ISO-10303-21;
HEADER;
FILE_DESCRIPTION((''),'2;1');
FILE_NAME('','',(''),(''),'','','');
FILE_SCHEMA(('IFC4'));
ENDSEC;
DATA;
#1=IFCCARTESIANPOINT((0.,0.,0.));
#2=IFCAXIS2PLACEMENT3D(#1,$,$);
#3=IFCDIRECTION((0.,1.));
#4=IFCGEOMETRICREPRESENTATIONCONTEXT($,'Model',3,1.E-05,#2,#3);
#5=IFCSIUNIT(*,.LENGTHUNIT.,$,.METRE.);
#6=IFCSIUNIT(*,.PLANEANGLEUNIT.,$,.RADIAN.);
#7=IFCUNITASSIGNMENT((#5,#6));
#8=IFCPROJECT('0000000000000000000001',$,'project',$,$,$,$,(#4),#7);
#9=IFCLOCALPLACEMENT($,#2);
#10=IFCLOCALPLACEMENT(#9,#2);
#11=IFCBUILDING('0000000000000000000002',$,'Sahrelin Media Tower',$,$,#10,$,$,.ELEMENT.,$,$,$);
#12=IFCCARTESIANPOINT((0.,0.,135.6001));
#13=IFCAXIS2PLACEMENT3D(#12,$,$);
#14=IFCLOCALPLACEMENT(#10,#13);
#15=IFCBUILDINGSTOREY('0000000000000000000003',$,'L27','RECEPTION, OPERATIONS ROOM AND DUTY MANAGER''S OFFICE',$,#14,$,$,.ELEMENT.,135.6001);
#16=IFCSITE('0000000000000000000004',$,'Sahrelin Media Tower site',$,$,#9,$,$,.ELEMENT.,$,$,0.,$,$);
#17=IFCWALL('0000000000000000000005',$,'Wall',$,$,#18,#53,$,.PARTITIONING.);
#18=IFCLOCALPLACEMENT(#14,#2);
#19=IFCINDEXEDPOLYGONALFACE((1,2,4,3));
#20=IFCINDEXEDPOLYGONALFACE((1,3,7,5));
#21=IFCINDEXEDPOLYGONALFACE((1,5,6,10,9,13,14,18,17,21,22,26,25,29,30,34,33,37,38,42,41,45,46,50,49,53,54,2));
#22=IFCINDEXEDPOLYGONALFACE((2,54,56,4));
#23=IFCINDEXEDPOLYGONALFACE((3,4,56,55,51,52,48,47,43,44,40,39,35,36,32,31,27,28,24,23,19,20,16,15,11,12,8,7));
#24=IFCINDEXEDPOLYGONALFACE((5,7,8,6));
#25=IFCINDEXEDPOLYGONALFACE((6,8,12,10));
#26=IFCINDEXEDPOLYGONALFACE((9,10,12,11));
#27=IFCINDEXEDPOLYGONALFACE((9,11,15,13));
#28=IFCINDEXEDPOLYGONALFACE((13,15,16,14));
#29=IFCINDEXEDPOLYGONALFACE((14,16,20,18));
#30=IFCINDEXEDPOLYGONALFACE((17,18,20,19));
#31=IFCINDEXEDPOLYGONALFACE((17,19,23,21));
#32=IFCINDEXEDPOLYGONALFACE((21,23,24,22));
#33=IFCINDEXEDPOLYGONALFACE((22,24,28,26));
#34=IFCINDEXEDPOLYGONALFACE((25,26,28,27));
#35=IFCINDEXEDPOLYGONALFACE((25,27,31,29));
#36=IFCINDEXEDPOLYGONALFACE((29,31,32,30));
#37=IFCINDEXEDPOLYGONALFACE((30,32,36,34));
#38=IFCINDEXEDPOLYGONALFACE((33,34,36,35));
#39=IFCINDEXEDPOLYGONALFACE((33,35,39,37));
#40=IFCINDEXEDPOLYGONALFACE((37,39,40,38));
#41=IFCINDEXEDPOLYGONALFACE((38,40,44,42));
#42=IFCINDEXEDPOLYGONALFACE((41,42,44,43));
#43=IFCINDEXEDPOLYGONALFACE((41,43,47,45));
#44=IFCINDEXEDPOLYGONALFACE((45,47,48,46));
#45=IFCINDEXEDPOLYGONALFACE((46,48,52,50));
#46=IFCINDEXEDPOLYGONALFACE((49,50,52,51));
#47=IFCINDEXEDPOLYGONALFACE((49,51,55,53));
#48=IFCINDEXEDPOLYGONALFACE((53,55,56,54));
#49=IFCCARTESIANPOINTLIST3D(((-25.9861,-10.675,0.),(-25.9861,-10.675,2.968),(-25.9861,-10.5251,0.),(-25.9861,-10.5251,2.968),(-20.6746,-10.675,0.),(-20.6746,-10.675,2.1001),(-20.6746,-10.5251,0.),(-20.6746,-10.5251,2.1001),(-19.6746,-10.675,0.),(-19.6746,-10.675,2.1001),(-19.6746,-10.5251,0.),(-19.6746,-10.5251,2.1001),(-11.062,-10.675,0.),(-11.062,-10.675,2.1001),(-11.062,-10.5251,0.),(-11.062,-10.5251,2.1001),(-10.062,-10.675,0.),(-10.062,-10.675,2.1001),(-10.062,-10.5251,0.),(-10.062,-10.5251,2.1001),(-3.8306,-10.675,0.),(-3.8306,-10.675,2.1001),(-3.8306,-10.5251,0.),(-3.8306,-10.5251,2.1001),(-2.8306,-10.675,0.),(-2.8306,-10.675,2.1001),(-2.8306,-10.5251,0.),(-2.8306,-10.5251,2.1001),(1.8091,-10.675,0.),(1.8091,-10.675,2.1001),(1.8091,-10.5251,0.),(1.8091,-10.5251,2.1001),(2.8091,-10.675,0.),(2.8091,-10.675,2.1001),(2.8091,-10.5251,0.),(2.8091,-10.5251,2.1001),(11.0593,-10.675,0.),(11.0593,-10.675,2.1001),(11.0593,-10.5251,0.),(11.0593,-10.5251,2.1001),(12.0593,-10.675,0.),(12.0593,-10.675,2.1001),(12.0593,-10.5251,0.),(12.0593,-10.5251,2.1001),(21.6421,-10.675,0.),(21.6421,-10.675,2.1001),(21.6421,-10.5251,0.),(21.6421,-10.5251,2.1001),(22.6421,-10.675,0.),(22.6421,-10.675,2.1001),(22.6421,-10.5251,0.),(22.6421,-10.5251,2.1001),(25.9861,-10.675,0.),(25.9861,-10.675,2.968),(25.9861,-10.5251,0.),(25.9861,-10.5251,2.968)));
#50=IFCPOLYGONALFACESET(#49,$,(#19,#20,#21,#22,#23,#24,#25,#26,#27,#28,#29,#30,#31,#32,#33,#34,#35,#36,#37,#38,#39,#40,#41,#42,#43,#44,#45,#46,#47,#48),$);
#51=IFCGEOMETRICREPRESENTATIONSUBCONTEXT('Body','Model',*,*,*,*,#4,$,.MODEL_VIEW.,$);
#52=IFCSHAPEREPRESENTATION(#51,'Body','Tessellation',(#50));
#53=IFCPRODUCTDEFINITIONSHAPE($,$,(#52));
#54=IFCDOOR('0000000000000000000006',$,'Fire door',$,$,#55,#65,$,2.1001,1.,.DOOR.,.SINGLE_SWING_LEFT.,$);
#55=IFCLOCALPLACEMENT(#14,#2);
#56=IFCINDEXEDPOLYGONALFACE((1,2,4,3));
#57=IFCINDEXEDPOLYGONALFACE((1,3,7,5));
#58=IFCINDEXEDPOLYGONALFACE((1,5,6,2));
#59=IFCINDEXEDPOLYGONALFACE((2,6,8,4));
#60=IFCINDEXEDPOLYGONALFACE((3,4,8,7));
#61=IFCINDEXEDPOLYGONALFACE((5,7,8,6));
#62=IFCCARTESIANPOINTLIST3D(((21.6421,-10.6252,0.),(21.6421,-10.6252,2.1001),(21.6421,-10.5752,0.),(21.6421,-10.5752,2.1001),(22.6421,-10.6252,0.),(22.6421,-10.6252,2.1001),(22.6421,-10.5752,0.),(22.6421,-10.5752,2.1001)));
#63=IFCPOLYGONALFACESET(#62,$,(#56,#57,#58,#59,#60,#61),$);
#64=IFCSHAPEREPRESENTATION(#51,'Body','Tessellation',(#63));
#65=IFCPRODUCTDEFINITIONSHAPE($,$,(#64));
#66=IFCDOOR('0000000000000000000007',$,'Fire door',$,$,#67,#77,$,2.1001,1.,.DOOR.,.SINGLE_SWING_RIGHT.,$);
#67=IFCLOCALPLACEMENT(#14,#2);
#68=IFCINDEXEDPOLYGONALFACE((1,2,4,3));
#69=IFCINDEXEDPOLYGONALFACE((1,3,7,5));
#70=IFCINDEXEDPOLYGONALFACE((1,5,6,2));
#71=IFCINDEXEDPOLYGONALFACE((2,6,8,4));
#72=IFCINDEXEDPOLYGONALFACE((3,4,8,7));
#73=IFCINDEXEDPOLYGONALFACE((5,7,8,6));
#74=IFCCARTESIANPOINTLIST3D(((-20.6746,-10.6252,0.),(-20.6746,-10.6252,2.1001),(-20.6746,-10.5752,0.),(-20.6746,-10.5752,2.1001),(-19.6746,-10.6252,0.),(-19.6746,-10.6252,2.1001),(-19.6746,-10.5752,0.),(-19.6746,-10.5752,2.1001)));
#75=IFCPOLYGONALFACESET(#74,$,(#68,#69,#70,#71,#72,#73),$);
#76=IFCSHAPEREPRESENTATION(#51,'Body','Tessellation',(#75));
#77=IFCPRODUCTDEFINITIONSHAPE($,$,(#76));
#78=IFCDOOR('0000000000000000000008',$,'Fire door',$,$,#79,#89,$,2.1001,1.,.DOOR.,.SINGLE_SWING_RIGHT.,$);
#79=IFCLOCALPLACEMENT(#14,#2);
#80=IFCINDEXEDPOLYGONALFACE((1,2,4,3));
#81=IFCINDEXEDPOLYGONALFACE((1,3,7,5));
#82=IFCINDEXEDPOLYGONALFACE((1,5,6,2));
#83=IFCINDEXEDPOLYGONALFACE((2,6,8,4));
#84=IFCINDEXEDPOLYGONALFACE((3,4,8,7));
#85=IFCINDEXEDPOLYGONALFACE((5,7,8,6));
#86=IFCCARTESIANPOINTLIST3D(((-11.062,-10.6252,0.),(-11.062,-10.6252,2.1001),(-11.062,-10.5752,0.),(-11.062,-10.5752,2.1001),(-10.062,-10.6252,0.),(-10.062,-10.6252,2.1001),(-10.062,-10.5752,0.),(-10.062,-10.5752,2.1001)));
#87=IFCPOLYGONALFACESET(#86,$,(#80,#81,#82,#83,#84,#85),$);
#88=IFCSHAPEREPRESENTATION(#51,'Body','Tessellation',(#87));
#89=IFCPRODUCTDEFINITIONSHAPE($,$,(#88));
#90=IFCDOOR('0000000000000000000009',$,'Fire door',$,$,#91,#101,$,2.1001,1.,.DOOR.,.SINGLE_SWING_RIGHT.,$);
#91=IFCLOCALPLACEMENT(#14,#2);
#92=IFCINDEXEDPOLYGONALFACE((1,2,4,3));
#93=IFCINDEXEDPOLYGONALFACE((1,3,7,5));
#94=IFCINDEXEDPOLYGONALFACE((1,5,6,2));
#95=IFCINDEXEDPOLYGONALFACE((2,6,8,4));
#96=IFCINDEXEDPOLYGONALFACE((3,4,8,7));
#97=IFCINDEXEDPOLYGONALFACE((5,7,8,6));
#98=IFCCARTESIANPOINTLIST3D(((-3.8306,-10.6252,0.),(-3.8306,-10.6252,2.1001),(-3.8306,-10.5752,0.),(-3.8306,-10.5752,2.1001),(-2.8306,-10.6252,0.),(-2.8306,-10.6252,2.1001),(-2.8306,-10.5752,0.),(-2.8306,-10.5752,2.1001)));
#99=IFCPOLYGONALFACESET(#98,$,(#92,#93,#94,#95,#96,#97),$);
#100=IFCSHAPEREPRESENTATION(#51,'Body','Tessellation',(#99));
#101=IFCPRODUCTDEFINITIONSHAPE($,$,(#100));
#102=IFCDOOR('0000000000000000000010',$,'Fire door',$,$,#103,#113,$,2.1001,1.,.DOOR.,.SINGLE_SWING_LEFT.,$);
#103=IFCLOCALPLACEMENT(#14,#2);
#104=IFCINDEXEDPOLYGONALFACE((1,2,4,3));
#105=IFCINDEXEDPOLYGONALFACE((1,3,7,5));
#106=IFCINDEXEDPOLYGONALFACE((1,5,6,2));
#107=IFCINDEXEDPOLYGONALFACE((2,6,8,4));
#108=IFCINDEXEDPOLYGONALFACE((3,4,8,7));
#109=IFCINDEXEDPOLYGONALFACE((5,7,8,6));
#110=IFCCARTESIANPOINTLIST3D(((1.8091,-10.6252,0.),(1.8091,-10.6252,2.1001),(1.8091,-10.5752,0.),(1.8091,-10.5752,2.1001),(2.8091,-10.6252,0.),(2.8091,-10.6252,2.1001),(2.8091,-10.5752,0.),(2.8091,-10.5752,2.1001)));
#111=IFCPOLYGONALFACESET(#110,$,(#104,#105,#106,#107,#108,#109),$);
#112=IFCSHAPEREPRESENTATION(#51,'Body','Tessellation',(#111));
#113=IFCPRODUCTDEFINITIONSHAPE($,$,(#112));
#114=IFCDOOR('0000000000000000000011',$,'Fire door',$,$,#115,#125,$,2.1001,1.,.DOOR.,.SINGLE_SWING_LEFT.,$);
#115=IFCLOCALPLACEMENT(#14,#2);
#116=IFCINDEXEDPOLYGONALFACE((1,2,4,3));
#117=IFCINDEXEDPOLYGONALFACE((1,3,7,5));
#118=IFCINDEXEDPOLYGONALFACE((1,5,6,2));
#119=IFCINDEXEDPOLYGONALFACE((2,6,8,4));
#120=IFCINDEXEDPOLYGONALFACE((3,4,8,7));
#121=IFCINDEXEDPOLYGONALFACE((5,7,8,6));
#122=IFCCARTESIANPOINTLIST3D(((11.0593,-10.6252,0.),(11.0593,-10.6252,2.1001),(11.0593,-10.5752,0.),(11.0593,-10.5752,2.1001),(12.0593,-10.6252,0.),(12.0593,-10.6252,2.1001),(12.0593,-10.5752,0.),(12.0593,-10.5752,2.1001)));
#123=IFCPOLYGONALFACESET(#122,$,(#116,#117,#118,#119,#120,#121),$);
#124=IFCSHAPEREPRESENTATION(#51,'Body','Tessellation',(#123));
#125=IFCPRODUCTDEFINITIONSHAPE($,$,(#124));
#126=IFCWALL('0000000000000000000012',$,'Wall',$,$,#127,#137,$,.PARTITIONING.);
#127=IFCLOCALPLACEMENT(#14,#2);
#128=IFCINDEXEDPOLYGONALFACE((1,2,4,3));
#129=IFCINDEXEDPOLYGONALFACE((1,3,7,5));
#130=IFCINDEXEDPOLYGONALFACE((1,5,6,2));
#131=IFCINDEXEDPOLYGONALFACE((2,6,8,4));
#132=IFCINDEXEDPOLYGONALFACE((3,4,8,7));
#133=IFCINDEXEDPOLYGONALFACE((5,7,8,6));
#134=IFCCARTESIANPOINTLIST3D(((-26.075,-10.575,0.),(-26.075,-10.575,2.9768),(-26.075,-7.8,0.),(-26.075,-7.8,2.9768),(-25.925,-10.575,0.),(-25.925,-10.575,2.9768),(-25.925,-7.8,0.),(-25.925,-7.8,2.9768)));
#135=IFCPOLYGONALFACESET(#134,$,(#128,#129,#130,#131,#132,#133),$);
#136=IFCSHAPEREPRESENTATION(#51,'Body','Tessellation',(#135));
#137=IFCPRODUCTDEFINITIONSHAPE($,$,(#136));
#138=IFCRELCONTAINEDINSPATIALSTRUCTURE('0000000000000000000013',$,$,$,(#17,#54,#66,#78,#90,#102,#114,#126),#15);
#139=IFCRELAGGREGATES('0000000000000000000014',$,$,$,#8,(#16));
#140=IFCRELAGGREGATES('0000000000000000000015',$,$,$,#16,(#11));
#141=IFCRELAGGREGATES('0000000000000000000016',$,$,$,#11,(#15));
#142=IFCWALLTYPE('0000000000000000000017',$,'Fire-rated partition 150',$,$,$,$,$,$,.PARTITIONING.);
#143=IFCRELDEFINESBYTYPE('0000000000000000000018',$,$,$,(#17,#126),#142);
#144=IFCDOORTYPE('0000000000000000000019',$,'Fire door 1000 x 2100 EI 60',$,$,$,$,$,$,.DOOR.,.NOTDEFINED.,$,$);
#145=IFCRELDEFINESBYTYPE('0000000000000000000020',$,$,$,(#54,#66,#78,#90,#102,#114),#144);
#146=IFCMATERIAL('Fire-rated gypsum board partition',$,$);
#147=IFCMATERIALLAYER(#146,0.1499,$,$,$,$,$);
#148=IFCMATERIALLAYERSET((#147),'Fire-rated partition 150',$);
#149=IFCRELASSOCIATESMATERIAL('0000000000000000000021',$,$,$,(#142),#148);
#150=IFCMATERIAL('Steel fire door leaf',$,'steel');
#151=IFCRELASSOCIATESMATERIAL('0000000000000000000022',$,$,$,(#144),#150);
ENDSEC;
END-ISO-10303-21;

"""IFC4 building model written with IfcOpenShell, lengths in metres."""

from ifc_helpers import new_model, si_unit, direction, frame, frame_2d, origin, place, context, subcontext, project, spatial, rectangle, extrude, material, layer, layer_set, type_object, element, fill, save


model = new_model("IFC4")

# Units and contexts
model_context = context("Model", 3, precision=1e-05, world=origin(), true_north=direction((0.0, 1.0)))
body_context = subcontext(model_context, "Body", "Model", "MODEL_VIEW")
ifc_project = project(units=[si_unit("LENGTHUNIT", "METRE"), si_unit("PLANEANGLEUNIT", "RADIAN")], contexts=[model_context])

# Site, building, storey
site_placement = place(None, origin())
site = spatial("IfcSite", under=ifc_project, at=site_placement, Name="Sahrelin Media Tower site", CompositionType="ELEMENT", RefElevation=0.0)
building_placement = place(site_placement, origin())
building = spatial("IfcBuilding", under=site, at=building_placement, Name="Sahrelin Media Tower", CompositionType="ELEMENT")
storey_placement = place(building_placement, frame((0.0, 0.0, 135.6001)))
storey = spatial("IfcBuildingStorey", under=building, at=storey_placement, Name="L27", Description="RECEPTION, OPERATIONS ROOM AND DUTY MANAGER'S OFFICE", CompositionType="ELEMENT", Elevation=135.6001)

# Wall, openings, doors
ifc_material_1 = material(Name="Fire-rated gypsum board partition")
ifc_layer_1 = layer(ifc_material_1, 0.1499)
ifc_layer_set_1 = layer_set([ifc_layer_1], Name="Fire-rated partition 150")
wall_type_1 = type_object("IfcWallType", Name="Fire-rated partition 150", PredefinedType="PARTITIONING", material=ifc_layer_set_1)
wall_1_placement = place(storey_placement, frame((-25.9861, -10.6001, 0.0), z_axis=(0.0, 0.0, 1.0), x_axis=(1.0, 0.0, 0.0)))
wall_1 = element("IfcWall", 1, at=wall_1_placement, inside=storey, type_object=wall_type_1, Name="Wall", PredefinedType="PARTITIONING", context=body_context, shape_type="SweptSolid", body=[
    extrude(rectangle(XDim=51.9722, YDim=0.1499, at=frame_2d((25.9861, 0.0))), origin(), (0.0, 0.0, 1.0), 2.968),
])
opening_1_placement = place(wall_1_placement, frame((47.6282, 0.0, 0.0)))
opening_1 = element("IfcOpeningElement", 2, at=opening_1_placement, cuts=wall_1, PredefinedType="OPENING", context=body_context, shape_type="SweptSolid", body=[
    extrude(rectangle(XDim=1.0, YDim=2.1001, at=frame_2d((0.5, 1.05))), frame((0.0, 0.075, 0.0), z_axis=(0.0, -1.0, 0.0), x_axis=(1.0, 0.0, 0.0)), (0.0, 0.0, 1.0), 0.1499),
])
opening_2_placement = place(wall_1_placement, frame((5.3115, 0.0, 0.0)))
opening_2 = element("IfcOpeningElement", 3, at=opening_2_placement, cuts=wall_1, PredefinedType="OPENING", context=body_context, shape_type="SweptSolid", body=[
    extrude(rectangle(XDim=1.0, YDim=2.1001, at=frame_2d((0.5, 1.05))), frame((0.0, 0.075, 0.0), z_axis=(0.0, -1.0, 0.0), x_axis=(1.0, 0.0, 0.0)), (0.0, 0.0, 1.0), 0.1499),
])
opening_3_placement = place(wall_1_placement, frame((14.9241, 0.0, 0.0)))
opening_3 = element("IfcOpeningElement", 4, at=opening_3_placement, cuts=wall_1, PredefinedType="OPENING", context=body_context, shape_type="SweptSolid", body=[
    extrude(rectangle(XDim=1.0, YDim=2.1001, at=frame_2d((0.5, 1.05))), frame((0.0, 0.075, 0.0), z_axis=(0.0, -1.0, 0.0), x_axis=(1.0, 0.0, 0.0)), (0.0, 0.0, 1.0), 0.1499),
])
opening_4_placement = place(wall_1_placement, frame((22.1555, 0.0, 0.0)))
opening_4 = element("IfcOpeningElement", 5, at=opening_4_placement, cuts=wall_1, PredefinedType="OPENING", context=body_context, shape_type="SweptSolid", body=[
    extrude(rectangle(XDim=1.0, YDim=2.1001, at=frame_2d((0.5, 1.05))), frame((0.0, 0.075, 0.0), z_axis=(0.0, -1.0, 0.0), x_axis=(1.0, 0.0, 0.0)), (0.0, 0.0, 1.0), 0.1499),
])
opening_5_placement = place(wall_1_placement, frame((27.7952, 0.0, 0.0)))
opening_5 = element("IfcOpeningElement", 6, at=opening_5_placement, cuts=wall_1, PredefinedType="OPENING", context=body_context, shape_type="SweptSolid", body=[
    extrude(rectangle(XDim=1.0, YDim=2.1001, at=frame_2d((0.5, 1.05))), frame((0.0, 0.075, 0.0), z_axis=(0.0, -1.0, 0.0), x_axis=(1.0, 0.0, 0.0)), (0.0, 0.0, 1.0), 0.1499),
])
opening_6_placement = place(wall_1_placement, frame((37.0454, 0.0, 0.0)))
opening_6 = element("IfcOpeningElement", 7, at=opening_6_placement, cuts=wall_1, PredefinedType="OPENING", context=body_context, shape_type="SweptSolid", body=[
    extrude(rectangle(XDim=1.0, YDim=2.1001, at=frame_2d((0.5, 1.05))), frame((0.0, 0.075, 0.0), z_axis=(0.0, -1.0, 0.0), x_axis=(1.0, 0.0, 0.0)), (0.0, 0.0, 1.0), 0.1499),
])
ifc_material_2 = material(Name="Steel fire door leaf", Category="steel")
door_type_1 = type_object("IfcDoorType", Name="Fire door 1000 x 2100 EI 60", OperationType="NOTDEFINED", PredefinedType="DOOR", material=ifc_material_2)
door_1_placement = place(opening_1_placement, origin())
door_1 = element("IfcDoor", 8, at=door_1_placement, inside=storey, type_object=door_type_1, Name="Fire door", OperationType="SINGLE_SWING_LEFT", OverallHeight=2.1001, OverallWidth=1.0, PredefinedType="DOOR", context=body_context, shape_type="SweptSolid", body=[
    extrude(rectangle(XDim=1.0, YDim=2.1001, at=frame_2d((0.5, 1.05))), frame((0.0, 0.0249, 0.0), z_axis=(0.0, -1.0, 0.0), x_axis=(1.0, 0.0, 0.0)), (0.0, 0.0, 1.0), 0.05),
])
fill(opening_1, door_1)
door_2_placement = place(opening_2_placement, origin())
door_2 = element("IfcDoor", 9, at=door_2_placement, inside=storey, type_object=door_type_1, Name="Fire door", OperationType="SINGLE_SWING_RIGHT", OverallHeight=2.1001, OverallWidth=1.0, PredefinedType="DOOR", context=body_context, shape_type="SweptSolid", body=[
    extrude(rectangle(XDim=1.0, YDim=2.1001, at=frame_2d((0.5, 1.05))), frame((0.0, 0.0249, 0.0), z_axis=(0.0, -1.0, 0.0), x_axis=(1.0, 0.0, 0.0)), (0.0, 0.0, 1.0), 0.05),
])
fill(opening_2, door_2)
door_3_placement = place(opening_3_placement, origin())
door_3 = element("IfcDoor", 10, at=door_3_placement, inside=storey, type_object=door_type_1, Name="Fire door", OperationType="SINGLE_SWING_RIGHT", OverallHeight=2.1001, OverallWidth=1.0, PredefinedType="DOOR", context=body_context, shape_type="SweptSolid", body=[
    extrude(rectangle(XDim=1.0, YDim=2.1001, at=frame_2d((0.5, 1.05))), frame((0.0, 0.0249, 0.0), z_axis=(0.0, -1.0, 0.0), x_axis=(1.0, 0.0, 0.0)), (0.0, 0.0, 1.0), 0.05),
])
fill(opening_3, door_3)
door_4_placement = place(opening_4_placement, origin())
door_4 = element("IfcDoor", 11, at=door_4_placement, inside=storey, type_object=door_type_1, Name="Fire door", OperationType="SINGLE_SWING_RIGHT", OverallHeight=2.1001, OverallWidth=1.0, PredefinedType="DOOR", context=body_context, shape_type="SweptSolid", body=[
    extrude(rectangle(XDim=1.0, YDim=2.1001, at=frame_2d((0.5, 1.05))), frame((0.0, 0.0249, 0.0), z_axis=(0.0, -1.0, 0.0), x_axis=(1.0, 0.0, 0.0)), (0.0, 0.0, 1.0), 0.05),
])
fill(opening_4, door_4)
door_5_placement = place(opening_5_placement, origin())
door_5 = element("IfcDoor", 12, at=door_5_placement, inside=storey, type_object=door_type_1, Name="Fire door", OperationType="SINGLE_SWING_LEFT", OverallHeight=2.1001, OverallWidth=1.0, PredefinedType="DOOR", context=body_context, shape_type="SweptSolid", body=[
    extrude(rectangle(XDim=1.0, YDim=2.1001, at=frame_2d((0.5, 1.05))), frame((0.0, 0.0249, 0.0), z_axis=(0.0, -1.0, 0.0), x_axis=(1.0, 0.0, 0.0)), (0.0, 0.0, 1.0), 0.05),
])
fill(opening_5, door_5)
door_6_placement = place(opening_6_placement, origin())
door_6 = element("IfcDoor", 13, at=door_6_placement, inside=storey, type_object=door_type_1, Name="Fire door", OperationType="SINGLE_SWING_LEFT", OverallHeight=2.1001, OverallWidth=1.0, PredefinedType="DOOR", context=body_context, shape_type="SweptSolid", body=[
    extrude(rectangle(XDim=1.0, YDim=2.1001, at=frame_2d((0.5, 1.05))), frame((0.0, 0.0249, 0.0), z_axis=(0.0, -1.0, 0.0), x_axis=(1.0, 0.0, 0.0)), (0.0, 0.0, 1.0), 0.05),
])
fill(opening_6, door_6)

# Wall
wall_2_placement = place(storey_placement, frame((-26.0, -10.575, 0.0), z_axis=(0.0, 0.0, 1.0), x_axis=(0.0, 1.0, 0.0)))
element("IfcWall", 14, at=wall_2_placement, inside=storey, type_object=wall_type_1, Name="Wall", PredefinedType="PARTITIONING", context=body_context, shape_type="SweptSolid", body=[
    extrude(rectangle(XDim=2.7749, YDim=0.1499, at=frame_2d((1.3875, 0.0))), origin(), (0.0, 0.0, 1.0), 2.9768),
])

save(model, "model.ifc")
